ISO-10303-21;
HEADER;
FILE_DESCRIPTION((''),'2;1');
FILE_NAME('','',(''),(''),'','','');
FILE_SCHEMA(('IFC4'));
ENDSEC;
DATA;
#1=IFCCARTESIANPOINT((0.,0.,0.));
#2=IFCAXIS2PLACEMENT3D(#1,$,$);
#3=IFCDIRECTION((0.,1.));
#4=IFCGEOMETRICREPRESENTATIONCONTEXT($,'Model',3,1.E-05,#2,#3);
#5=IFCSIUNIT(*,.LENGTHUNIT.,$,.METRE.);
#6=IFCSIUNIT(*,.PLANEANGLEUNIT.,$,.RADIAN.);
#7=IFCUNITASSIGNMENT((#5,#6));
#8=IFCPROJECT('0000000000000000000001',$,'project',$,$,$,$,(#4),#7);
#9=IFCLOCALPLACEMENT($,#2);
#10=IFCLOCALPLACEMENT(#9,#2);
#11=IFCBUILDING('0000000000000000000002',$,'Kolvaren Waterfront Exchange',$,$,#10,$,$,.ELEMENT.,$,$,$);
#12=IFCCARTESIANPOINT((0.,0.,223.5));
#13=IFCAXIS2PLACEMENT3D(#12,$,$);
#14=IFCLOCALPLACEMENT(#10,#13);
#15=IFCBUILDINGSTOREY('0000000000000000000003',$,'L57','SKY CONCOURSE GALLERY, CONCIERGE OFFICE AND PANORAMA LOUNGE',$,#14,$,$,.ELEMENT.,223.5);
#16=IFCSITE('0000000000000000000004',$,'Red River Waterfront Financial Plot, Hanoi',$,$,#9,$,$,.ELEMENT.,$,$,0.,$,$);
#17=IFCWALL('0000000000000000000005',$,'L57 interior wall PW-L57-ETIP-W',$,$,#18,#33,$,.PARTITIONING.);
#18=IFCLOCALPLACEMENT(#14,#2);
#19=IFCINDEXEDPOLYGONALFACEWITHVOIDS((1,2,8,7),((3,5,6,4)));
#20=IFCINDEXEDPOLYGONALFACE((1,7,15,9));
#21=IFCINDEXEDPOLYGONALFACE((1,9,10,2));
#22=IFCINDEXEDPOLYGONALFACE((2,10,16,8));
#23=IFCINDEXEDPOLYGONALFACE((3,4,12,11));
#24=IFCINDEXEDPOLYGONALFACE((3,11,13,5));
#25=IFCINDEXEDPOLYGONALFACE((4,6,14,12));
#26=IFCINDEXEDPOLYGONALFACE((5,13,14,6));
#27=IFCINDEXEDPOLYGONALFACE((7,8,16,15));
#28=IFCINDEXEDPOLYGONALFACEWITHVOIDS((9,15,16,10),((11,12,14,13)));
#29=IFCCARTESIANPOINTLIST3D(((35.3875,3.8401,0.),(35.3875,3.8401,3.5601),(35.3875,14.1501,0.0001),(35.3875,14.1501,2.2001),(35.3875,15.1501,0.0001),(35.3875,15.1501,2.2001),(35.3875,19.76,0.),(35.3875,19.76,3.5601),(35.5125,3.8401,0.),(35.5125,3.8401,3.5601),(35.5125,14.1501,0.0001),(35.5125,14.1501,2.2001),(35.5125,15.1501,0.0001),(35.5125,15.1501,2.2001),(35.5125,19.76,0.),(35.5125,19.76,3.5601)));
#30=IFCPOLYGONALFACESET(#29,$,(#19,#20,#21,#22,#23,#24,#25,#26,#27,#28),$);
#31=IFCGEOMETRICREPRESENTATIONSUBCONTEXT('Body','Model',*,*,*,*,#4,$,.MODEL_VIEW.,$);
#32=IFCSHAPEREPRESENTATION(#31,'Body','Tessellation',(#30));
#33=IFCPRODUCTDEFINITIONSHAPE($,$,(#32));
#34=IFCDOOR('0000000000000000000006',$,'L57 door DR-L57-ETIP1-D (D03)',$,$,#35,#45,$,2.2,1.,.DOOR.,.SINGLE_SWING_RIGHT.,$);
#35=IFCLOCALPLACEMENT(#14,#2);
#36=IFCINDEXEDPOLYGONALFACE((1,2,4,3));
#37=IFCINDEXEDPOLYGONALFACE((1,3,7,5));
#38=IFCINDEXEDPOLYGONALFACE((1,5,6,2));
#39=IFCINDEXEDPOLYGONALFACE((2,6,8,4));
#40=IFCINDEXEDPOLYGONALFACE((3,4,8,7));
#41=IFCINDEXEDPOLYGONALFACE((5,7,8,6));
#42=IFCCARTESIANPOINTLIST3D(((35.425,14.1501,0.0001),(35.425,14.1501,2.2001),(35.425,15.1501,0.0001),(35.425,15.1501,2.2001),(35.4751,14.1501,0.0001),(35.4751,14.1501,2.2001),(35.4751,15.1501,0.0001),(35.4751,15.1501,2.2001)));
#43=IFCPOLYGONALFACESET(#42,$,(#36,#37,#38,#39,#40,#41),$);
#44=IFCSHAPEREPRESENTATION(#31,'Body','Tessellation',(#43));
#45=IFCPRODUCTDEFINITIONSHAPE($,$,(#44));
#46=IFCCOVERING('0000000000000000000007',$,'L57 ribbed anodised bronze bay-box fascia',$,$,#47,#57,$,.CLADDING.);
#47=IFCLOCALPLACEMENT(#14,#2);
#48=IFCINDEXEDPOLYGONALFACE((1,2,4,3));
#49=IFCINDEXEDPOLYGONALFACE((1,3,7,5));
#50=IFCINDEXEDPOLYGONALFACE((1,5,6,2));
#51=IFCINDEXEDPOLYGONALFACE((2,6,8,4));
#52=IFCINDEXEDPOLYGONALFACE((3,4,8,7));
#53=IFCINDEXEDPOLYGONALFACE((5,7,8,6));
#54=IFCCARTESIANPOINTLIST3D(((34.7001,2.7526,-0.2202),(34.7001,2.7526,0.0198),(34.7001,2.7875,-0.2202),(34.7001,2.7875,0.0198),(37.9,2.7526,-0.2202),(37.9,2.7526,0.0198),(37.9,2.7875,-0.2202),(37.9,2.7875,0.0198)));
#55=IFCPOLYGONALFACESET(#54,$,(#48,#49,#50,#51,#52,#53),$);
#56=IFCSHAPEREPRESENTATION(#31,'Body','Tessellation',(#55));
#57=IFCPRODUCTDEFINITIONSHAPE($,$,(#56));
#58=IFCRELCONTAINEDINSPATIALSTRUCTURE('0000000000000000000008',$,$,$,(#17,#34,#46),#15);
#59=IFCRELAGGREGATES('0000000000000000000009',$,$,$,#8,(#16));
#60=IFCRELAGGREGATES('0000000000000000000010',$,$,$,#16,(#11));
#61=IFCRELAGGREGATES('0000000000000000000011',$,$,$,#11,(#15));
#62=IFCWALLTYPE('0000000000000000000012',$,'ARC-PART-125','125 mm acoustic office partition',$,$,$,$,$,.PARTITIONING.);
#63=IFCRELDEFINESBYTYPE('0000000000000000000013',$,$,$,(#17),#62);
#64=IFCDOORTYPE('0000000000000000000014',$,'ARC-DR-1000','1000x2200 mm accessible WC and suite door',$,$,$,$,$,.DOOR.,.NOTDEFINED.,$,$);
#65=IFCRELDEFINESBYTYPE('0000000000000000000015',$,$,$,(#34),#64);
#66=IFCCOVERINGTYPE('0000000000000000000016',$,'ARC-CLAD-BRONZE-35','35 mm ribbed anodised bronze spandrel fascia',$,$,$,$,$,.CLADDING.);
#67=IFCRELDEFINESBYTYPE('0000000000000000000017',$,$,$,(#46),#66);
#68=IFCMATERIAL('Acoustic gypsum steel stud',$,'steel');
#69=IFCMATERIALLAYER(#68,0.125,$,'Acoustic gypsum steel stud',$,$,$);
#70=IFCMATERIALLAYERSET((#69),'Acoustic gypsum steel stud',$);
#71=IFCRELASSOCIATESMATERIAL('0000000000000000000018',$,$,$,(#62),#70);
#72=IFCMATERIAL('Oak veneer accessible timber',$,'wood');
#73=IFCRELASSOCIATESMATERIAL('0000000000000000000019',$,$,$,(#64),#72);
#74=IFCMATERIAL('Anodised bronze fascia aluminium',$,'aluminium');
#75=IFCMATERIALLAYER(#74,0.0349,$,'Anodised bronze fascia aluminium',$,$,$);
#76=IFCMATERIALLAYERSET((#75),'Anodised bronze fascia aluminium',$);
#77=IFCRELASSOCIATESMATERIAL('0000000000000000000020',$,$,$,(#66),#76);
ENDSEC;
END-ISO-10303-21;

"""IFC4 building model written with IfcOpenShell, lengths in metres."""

from ifc_helpers import new_model, si_unit, direction, frame, frame_2d, origin, origin_2d, place, context, subcontext, project, spatial, rectangle, extrude, material, layer, layer_set, type_object, element, fill, save


model = new_model("IFC4")

# Units and contexts
model_context = context("Model", 3, precision=1e-05, world=origin(), true_north=direction((0.0, 1.0)))
body_context = subcontext(model_context, "Body", "Model", "MODEL_VIEW")
ifc_project = project(units=[si_unit("LENGTHUNIT", "METRE"), si_unit("PLANEANGLEUNIT", "RADIAN")], contexts=[model_context])

# Site, building, storey
site_placement = place(None, origin())
site = spatial("IfcSite", under=ifc_project, at=site_placement, Name="Red River Waterfront Financial Plot, Hanoi", CompositionType="ELEMENT", RefElevation=0.0)
building_placement = place(site_placement, origin())
building = spatial("IfcBuilding", under=site, at=building_placement, Name="Kolvaren Waterfront Exchange", CompositionType="ELEMENT")
storey_placement = place(building_placement, frame((0.0, 0.0, 223.5)))
storey = spatial("IfcBuildingStorey", under=building, at=storey_placement, Name="L57", Description="SKY CONCOURSE GALLERY, CONCIERGE OFFICE AND PANORAMA LOUNGE", CompositionType="ELEMENT", Elevation=223.5)

# Wall, opening, door
ifc_material_1 = material(Name="Acoustic gypsum steel stud", Category="steel")
ifc_layer_1 = layer(ifc_material_1, 0.125, Name="Acoustic gypsum steel stud")
ifc_layer_set_1 = layer_set([ifc_layer_1], Name="Acoustic gypsum steel stud")
wall_type_1 = type_object("IfcWallType", Name="ARC-PART-125", Description="125 mm acoustic office partition", PredefinedType="PARTITIONING", material=ifc_layer_set_1)
wall_1_placement = place(storey_placement, frame((35.45, 3.8401, 0.0), z_axis=(0.0, 0.0, 1.0), x_axis=(0.0, 1.0, 0.0)))
wall_1 = element("IfcWall", 1, at=wall_1_placement, inside=storey, type_object=wall_type_1, Name="L57 interior wall PW-L57-ETIP-W", PredefinedType="PARTITIONING", context=body_context, shape_type="SweptSolid", body=[
    extrude(rectangle(XDim=15.9199, YDim=0.125, at=frame_2d((7.96, 0.0))), origin(), (0.0, 0.0, 1.0), 3.5601),
])
opening_placement = place(wall_1_placement, frame((10.3101, 0.0, 0.0)))
opening = element("IfcOpeningElement", 2, at=opening_placement, cuts=wall_1, PredefinedType="OPENING", context=body_context, shape_type="SweptSolid", body=[
    extrude(rectangle(XDim=1.0, YDim=2.2, at=frame_2d((0.5, 1.1001))), frame((0.0, 0.0725, 0.0), z_axis=(0.0, -1.0, 0.0), x_axis=(1.0, 0.0, 0.0)), (0.0, 0.0, 1.0), 0.145),
])
ifc_material_2 = material(Name="Oak veneer accessible timber", Category="wood")
door_type = type_object("IfcDoorType", Name="ARC-DR-1000", Description="1000x2200 mm accessible WC and suite door", OperationType="NOTDEFINED", PredefinedType="DOOR", material=ifc_material_2)
door_placement = place(opening_placement, origin())
door = element("IfcDoor", 3, at=door_placement, inside=storey, type_object=door_type, Name="L57 door DR-L57-ETIP1-D (D03)", OperationType="SINGLE_SWING_RIGHT", OverallHeight=2.2, OverallWidth=1.0, PredefinedType="DOOR", context=body_context, shape_type="SweptSolid", body=[
    extrude(rectangle(XDim=1.0, YDim=2.2, at=frame_2d((0.5, 1.1001))), frame((0.0, 0.0249, 0.0), z_axis=(0.0, -1.0, 0.0), x_axis=(1.0, 0.0, 0.0)), (0.0, 0.0, 1.0), 0.05),
])
fill(opening, door)

# Covering
ifc_material_3 = material(Name="Anodised bronze fascia aluminium", Category="aluminium")
ifc_layer_2 = layer(ifc_material_3, 0.0349, Name="Anodised bronze fascia aluminium")
ifc_layer_set_2 = layer_set([ifc_layer_2], Name="Anodised bronze fascia aluminium")
covering_type = type_object("IfcCoveringType", Name="ARC-CLAD-BRONZE-35", Description="35 mm ribbed anodised bronze spandrel fascia", PredefinedType="CLADDING", material=ifc_layer_set_2)
covering_placement = place(storey_placement, frame((36.3, 2.77, -0.2202), z_axis=(0.0, 0.0, 1.0), x_axis=(1.0, 0.0, 0.0)))
element("IfcCovering", 4, at=covering_placement, inside=storey, type_object=covering_type, Name="L57 ribbed anodised bronze bay-box fascia", PredefinedType="CLADDING", context=body_context, shape_type="SweptSolid", body=[
    extrude(rectangle(XDim=3.2, YDim=0.0349, at=origin_2d()), origin(), (0.0, 0.0, 1.0), 0.24),
])

save(model, "model.ifc")
